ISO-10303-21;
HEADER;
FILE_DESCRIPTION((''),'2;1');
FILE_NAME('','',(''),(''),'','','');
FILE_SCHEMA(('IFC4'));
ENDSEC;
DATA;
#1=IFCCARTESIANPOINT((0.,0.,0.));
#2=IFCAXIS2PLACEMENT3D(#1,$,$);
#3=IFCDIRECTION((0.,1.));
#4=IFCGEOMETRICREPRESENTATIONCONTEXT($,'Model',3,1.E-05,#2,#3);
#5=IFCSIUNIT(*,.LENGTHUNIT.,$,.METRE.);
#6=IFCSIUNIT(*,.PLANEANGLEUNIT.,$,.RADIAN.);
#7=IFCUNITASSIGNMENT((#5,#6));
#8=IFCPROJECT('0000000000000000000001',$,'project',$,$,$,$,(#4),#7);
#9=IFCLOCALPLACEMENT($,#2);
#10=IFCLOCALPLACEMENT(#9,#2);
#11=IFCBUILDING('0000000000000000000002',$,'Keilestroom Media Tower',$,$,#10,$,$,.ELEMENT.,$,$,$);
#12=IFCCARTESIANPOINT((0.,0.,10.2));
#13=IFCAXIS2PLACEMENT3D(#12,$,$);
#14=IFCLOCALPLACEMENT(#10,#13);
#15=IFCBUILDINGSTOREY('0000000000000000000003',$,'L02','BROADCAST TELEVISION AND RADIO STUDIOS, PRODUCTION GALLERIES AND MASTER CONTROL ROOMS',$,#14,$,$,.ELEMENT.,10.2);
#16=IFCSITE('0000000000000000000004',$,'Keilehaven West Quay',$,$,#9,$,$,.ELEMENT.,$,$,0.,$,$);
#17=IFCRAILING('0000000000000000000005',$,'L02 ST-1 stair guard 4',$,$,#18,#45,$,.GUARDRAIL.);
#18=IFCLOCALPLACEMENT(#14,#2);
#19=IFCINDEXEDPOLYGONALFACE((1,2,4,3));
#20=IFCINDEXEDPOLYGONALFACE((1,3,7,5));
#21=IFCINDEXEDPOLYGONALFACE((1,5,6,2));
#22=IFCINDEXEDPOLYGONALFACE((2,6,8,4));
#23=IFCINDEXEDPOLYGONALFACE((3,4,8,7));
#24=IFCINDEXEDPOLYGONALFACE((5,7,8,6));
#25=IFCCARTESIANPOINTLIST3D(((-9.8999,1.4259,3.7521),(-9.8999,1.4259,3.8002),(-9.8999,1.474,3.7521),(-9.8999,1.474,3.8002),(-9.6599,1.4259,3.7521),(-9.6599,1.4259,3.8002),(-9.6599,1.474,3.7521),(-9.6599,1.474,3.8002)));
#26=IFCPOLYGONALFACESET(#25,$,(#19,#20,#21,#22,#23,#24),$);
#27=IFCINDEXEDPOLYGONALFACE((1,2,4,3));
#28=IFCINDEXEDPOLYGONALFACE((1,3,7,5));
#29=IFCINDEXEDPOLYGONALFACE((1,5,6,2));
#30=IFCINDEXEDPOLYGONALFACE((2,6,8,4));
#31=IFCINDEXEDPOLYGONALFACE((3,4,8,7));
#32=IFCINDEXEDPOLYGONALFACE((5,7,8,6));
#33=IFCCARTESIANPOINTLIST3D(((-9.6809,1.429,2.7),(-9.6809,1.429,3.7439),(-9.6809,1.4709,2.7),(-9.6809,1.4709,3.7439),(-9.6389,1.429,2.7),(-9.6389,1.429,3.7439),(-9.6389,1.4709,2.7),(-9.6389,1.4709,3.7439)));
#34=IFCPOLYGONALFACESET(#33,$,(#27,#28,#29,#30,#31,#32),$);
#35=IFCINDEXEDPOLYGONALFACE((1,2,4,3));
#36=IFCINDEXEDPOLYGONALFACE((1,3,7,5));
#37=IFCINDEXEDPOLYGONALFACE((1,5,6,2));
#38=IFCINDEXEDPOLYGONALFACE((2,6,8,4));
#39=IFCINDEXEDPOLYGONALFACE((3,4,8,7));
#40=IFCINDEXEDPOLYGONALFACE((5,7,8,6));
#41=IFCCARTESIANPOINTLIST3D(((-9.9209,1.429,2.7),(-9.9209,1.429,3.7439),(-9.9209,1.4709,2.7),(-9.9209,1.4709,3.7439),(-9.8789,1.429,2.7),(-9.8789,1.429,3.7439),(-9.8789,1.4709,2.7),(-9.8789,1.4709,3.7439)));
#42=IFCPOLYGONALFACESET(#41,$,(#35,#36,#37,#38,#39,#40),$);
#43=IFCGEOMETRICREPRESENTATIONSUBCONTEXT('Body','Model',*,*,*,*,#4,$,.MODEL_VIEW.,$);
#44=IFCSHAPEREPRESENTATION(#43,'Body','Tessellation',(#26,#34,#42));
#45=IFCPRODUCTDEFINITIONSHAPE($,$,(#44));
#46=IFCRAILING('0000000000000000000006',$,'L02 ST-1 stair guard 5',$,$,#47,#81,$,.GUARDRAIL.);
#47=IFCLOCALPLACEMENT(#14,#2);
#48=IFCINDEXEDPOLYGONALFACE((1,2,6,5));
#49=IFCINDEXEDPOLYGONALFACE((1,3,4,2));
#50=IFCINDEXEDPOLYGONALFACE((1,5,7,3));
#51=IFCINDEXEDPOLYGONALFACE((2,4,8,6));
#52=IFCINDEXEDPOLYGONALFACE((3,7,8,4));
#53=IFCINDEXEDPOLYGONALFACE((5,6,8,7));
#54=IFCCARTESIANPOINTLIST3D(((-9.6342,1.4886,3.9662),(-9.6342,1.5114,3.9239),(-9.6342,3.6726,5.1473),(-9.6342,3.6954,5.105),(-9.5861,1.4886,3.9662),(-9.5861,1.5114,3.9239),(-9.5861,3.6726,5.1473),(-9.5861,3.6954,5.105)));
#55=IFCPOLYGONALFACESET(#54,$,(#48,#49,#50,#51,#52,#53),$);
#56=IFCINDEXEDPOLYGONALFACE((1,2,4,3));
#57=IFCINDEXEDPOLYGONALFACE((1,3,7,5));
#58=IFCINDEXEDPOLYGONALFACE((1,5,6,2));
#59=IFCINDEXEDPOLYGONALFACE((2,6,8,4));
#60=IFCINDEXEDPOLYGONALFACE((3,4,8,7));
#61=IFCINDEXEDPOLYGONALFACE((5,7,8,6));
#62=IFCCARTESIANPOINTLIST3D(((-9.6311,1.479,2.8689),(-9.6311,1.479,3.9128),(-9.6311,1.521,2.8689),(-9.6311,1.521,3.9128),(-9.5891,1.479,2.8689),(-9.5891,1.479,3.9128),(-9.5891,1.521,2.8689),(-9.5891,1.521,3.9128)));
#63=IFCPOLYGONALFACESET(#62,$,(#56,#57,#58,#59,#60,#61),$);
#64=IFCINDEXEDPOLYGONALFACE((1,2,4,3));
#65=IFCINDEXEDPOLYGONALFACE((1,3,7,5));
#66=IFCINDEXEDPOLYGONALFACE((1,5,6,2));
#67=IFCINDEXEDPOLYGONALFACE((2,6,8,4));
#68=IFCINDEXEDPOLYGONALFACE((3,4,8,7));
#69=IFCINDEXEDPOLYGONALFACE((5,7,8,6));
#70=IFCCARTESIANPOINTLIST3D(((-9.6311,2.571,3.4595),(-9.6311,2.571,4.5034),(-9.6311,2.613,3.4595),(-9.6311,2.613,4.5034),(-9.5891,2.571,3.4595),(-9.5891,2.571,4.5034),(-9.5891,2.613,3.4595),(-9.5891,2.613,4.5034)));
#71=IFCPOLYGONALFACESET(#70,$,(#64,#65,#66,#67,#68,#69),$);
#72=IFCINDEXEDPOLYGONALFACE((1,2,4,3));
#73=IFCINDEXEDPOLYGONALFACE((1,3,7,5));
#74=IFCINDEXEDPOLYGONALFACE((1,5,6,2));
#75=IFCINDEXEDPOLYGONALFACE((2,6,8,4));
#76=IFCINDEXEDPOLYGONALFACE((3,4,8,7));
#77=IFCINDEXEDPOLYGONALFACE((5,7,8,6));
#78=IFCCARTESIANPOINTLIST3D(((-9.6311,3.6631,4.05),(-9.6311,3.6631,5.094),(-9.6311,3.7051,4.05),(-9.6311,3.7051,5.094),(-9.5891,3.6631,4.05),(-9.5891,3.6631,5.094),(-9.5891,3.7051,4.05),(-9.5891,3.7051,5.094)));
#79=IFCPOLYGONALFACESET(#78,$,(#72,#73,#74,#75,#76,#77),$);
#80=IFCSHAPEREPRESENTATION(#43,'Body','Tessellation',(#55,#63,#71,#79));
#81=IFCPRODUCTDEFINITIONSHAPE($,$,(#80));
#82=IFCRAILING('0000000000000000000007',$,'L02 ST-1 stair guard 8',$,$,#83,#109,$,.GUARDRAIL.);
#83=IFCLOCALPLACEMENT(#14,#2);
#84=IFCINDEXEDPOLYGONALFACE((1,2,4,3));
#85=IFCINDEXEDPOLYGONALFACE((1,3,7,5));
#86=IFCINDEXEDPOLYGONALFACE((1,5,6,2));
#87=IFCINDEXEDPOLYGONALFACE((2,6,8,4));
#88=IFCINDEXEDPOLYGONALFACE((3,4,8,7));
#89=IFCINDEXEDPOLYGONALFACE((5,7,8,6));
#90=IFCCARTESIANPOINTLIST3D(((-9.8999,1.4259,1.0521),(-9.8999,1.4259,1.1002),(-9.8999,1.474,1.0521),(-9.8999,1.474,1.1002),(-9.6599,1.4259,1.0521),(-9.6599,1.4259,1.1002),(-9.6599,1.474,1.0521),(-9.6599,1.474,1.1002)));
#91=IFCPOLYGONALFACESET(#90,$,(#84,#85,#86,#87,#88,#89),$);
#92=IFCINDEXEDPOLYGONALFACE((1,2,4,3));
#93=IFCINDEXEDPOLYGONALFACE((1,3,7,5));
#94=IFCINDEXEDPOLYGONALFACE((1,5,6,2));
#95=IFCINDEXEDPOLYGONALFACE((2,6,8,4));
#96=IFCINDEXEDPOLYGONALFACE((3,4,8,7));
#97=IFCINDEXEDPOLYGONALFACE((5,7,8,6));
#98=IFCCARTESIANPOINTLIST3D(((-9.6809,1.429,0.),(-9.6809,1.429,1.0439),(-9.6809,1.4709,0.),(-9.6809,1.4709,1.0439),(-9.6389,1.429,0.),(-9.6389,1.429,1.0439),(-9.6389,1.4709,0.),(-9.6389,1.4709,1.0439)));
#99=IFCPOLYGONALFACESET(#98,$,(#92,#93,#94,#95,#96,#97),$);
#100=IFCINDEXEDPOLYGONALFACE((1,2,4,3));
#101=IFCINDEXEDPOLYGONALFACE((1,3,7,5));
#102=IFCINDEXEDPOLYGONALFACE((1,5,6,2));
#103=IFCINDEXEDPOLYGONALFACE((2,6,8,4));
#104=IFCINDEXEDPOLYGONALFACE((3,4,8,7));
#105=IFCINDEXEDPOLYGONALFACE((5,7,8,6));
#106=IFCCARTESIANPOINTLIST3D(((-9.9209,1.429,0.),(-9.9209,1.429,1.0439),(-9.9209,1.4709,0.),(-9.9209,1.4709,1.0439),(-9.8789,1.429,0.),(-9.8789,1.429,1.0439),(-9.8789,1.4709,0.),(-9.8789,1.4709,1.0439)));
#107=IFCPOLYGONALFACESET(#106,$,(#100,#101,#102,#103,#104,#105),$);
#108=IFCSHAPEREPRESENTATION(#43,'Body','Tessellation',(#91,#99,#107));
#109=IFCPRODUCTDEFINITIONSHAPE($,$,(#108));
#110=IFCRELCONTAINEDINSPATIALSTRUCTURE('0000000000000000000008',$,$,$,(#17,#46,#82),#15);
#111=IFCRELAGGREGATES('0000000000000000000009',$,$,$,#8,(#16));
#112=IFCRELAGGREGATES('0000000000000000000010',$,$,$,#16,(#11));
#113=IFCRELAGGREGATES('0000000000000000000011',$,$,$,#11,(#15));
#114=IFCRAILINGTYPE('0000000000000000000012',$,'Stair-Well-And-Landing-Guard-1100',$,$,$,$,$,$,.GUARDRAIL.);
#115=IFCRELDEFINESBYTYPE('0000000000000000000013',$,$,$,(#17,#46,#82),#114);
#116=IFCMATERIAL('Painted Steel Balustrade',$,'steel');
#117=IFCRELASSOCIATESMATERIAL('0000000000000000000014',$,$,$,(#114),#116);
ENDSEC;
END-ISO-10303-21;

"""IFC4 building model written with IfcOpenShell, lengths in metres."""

from ifc_helpers import new_model, si_unit, direction, frame, origin, origin_2d, place, context, subcontext, project, spatial, rectangle, extrude, material, type_object, element, save


model = new_model("IFC4")

# Units and contexts
model_context = context("Model", 3, precision=1e-05, world=origin(), true_north=direction((0.0, 1.0)))
body_context = subcontext(model_context, "Body", "Model", "MODEL_VIEW")
ifc_project = project(units=[si_unit("LENGTHUNIT", "METRE"), si_unit("PLANEANGLEUNIT", "RADIAN")], contexts=[model_context])

# Site, building, storey
site_placement = place(None, origin())
site = spatial("IfcSite", under=ifc_project, at=site_placement, Name="Keilehaven West Quay", CompositionType="ELEMENT", RefElevation=0.0)
building_placement = place(site_placement, origin())
building = spatial("IfcBuilding", under=site, at=building_placement, Name="Keilestroom Media Tower", CompositionType="ELEMENT")
storey_placement = place(building_placement, frame((0.0, 0.0, 10.2)))
storey = spatial("IfcBuildingStorey", under=building, at=storey_placement, Name="L02", Description="BROADCAST TELEVISION AND RADIO STUDIOS, PRODUCTION GALLERIES AND MASTER CONTROL ROOMS", CompositionType="ELEMENT", Elevation=10.2)

# Railings
ifc_material_1 = material(Name="Painted Steel Balustrade", Category="steel")
railing_type_1 = type_object("IfcRailingType", Name="Stair-Well-And-Landing-Guard-1100", PredefinedType="GUARDRAIL", material=ifc_material_1)
railing_1_placement = place(storey_placement, frame((-9.6599, 1.45, 2.7)))
element("IfcRailing", 1, at=railing_1_placement, inside=storey, type_object=railing_type_1, Name="L02 ST-1 stair guard 4", PredefinedType="GUARDRAIL", context=body_context, shape_type="SweptSolid", body=[
    extrude(rectangle(XDim=0.0481, YDim=0.0481, at=origin_2d()), frame((0.0, 0.0, 1.0762), z_axis=(-1.0, 0.0, 0.0), x_axis=(0.0, -1.0, 0.0)), (0.0, 0.0, 1.0), 0.24),
    extrude(rectangle(XDim=0.042, YDim=0.042, at=origin_2d()), origin(), (0.0, 0.0, 1.0), 1.0439),
    extrude(rectangle(XDim=0.042, YDim=0.042, at=origin_2d()), frame((-0.24, 0.0, 0.0)), (0.0, 0.0, 1.0), 1.0439),
])
railing_2_placement = place(storey_placement, frame((-9.6101, 1.5, 2.8689)))
element("IfcRailing", 2, at=railing_2_placement, inside=storey, type_object=railing_type_1, Name="L02 ST-1 stair guard 5", PredefinedType="GUARDRAIL", context=body_context, shape_type="SweptSolid", body=[
    extrude(rectangle(XDim=0.0481, YDim=0.0481, at=origin_2d()), frame((0.0, 0.0, 1.0762), z_axis=(0.0, 0.879611, 0.475694), x_axis=(-1.0, 0.0, 0.0)), (0.0, 0.0, 1.0), 2.4829),
    extrude(rectangle(XDim=0.042, YDim=0.042, at=origin_2d()), origin(), (0.0, 0.0, 1.0), 1.0439),
    extrude(rectangle(XDim=0.042, YDim=0.042, at=origin_2d()), frame((0.0, 1.092, 0.5906)), (0.0, 0.0, 1.0), 1.0439),
    extrude(rectangle(XDim=0.042, YDim=0.042, at=origin_2d()), frame((0.0, 2.1841, 1.1812)), (0.0, 0.0, 1.0), 1.0439),
])
railing_3_placement = place(storey_placement, frame((-9.6599, 1.45, 0.0)))
element("IfcRailing", 3, at=railing_3_placement, inside=storey, type_object=railing_type_1, Name="L02 ST-1 stair guard 8", PredefinedType="GUARDRAIL", context=body_context, shape_type="SweptSolid", body=[
    extrude(rectangle(XDim=0.0481, YDim=0.0481, at=origin_2d()), frame((0.0, 0.0, 1.0762), z_axis=(-1.0, 0.0, 0.0), x_axis=(0.0, -1.0, 0.0)), (0.0, 0.0, 1.0), 0.24),
    extrude(rectangle(XDim=0.042, YDim=0.042, at=origin_2d()), origin(), (0.0, 0.0, 1.0), 1.0439),
    extrude(rectangle(XDim=0.042, YDim=0.042, at=origin_2d()), frame((-0.24, 0.0, 0.0)), (0.0, 0.0, 1.0), 1.0439),
])

save(model, "model.ifc")
